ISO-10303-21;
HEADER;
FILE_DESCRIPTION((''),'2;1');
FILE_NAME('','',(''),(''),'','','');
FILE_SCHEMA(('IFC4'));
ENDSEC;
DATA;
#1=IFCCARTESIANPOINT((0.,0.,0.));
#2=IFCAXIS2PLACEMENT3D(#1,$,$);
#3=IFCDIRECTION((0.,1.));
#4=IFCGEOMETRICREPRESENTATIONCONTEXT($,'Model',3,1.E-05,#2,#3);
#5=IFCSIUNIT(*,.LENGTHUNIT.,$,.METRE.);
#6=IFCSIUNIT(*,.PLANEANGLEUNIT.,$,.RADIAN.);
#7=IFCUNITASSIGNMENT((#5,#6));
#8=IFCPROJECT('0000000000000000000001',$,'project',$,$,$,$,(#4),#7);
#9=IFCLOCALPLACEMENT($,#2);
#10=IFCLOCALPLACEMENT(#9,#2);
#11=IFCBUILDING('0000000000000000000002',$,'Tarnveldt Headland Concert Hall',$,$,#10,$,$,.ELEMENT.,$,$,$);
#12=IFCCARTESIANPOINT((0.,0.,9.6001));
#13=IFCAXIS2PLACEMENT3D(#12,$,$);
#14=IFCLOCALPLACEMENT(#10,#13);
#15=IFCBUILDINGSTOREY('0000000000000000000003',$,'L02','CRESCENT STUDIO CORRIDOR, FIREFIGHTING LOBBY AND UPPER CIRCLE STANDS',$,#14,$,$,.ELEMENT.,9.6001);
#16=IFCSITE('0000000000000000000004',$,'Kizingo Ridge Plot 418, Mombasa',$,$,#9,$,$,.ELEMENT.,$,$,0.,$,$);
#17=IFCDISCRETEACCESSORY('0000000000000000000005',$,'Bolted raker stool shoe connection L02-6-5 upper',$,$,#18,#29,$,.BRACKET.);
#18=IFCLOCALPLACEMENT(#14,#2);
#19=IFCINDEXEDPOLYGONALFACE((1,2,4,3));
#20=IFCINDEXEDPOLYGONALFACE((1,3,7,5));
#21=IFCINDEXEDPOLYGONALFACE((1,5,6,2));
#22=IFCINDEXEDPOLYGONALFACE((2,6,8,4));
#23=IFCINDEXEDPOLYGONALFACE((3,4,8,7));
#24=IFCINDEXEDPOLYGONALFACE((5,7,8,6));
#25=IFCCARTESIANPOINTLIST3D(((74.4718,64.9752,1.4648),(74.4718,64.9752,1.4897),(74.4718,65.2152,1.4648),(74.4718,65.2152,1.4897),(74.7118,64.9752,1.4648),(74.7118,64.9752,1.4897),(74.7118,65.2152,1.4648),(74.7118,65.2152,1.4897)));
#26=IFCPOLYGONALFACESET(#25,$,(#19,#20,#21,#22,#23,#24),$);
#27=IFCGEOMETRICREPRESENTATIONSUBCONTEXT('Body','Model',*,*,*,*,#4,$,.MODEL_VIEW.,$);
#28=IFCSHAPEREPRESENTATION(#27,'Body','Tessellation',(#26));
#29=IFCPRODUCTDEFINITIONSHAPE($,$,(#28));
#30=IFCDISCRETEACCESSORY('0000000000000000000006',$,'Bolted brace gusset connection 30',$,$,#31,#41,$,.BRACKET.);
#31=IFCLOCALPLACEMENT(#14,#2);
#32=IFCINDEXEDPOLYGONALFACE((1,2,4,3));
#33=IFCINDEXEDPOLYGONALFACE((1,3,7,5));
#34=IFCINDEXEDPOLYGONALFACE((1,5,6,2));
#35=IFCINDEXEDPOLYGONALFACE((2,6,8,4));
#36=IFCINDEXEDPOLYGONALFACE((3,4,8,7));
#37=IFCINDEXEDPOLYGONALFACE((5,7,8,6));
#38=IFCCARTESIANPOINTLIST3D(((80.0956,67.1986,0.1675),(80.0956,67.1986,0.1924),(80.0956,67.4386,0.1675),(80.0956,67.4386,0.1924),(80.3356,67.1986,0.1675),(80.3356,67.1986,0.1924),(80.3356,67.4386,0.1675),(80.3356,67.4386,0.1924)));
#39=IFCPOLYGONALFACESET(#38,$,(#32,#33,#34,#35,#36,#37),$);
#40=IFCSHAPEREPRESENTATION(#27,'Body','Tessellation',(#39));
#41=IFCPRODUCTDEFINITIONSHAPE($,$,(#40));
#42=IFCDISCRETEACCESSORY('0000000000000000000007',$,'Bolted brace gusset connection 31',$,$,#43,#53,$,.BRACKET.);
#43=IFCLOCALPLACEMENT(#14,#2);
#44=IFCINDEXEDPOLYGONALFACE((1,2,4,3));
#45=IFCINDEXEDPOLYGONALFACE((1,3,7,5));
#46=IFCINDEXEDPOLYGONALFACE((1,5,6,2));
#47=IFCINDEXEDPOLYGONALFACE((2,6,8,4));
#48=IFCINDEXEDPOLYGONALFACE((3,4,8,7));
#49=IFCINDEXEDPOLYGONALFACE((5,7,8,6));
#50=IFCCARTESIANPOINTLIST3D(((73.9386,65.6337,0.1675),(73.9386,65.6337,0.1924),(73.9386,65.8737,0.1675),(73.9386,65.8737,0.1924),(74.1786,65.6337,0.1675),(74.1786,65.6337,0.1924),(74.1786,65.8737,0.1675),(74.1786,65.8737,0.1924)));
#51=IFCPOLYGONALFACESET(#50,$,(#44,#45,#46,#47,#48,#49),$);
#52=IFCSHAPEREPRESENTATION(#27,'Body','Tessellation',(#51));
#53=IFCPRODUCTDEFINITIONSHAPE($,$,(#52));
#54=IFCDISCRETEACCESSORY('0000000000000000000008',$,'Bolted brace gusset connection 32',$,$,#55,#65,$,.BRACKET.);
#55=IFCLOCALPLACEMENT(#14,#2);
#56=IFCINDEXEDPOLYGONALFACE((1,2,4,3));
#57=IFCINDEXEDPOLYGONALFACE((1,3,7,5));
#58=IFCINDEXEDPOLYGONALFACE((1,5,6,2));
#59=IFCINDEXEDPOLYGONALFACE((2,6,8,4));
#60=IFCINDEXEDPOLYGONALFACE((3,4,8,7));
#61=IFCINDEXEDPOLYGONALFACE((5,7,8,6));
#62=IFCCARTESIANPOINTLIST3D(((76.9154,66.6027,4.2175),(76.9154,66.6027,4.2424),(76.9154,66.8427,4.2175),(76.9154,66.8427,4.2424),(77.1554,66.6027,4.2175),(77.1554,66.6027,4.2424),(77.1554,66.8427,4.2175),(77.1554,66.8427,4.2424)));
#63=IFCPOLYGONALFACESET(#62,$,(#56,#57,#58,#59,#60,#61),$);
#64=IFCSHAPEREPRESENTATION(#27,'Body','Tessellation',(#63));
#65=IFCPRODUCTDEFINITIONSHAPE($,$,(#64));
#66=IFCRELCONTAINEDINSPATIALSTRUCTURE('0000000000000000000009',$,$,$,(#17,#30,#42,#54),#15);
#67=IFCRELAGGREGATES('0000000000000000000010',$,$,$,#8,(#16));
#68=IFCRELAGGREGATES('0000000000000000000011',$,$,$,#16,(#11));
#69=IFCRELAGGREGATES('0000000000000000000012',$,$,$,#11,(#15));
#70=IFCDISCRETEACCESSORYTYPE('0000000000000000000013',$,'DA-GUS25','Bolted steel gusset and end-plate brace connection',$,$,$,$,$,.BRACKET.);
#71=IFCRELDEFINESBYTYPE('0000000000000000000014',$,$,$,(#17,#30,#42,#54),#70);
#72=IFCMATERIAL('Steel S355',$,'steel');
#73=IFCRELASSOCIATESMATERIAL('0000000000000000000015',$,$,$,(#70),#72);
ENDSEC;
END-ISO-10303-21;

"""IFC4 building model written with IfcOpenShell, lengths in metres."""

from ifc_helpers import new_model, si_unit, direction, frame, origin, origin_2d, place, context, subcontext, project, spatial, rectangle, extrude, material, type_object, element, save


model = new_model("IFC4")

# Units and contexts
model_context = context("Model", 3, precision=1e-05, world=origin(), true_north=direction((0.0, 1.0)))
body_context = subcontext(model_context, "Body", "Model", "MODEL_VIEW")
ifc_project = project(units=[si_unit("LENGTHUNIT", "METRE"), si_unit("PLANEANGLEUNIT", "RADIAN")], contexts=[model_context])

# Site, building, storey
site_placement = place(None, origin())
site = spatial("IfcSite", under=ifc_project, at=site_placement, Name="Kizingo Ridge Plot 418, Mombasa", CompositionType="ELEMENT", RefElevation=0.0)
building_placement = place(site_placement, origin())
building = spatial("IfcBuilding", under=site, at=building_placement, Name="Tarnveldt Headland Concert Hall", CompositionType="ELEMENT")
storey_placement = place(building_placement, frame((0.0, 0.0, 9.6001)))
storey = spatial("IfcBuildingStorey", under=building, at=storey_placement, Name="L02", Description="CRESCENT STUDIO CORRIDOR, FIREFIGHTING LOBBY AND UPPER CIRCLE STANDS", CompositionType="ELEMENT", Elevation=9.6001)

# Shared definitions
ifc_material_1 = material(Name="Steel S355", Category="steel")

# Discrete accessories
discrete_accessory_type = type_object("IfcDiscreteAccessoryType", Name="DA-GUS25", Description="Bolted steel gusset and end-plate brace connection", PredefinedType="BRACKET", material=ifc_material_1)
for number, where, z_axis, x_axis, name in (
    (1, (74.5918, 65.0952, 1.4648), (0.0, 0.0, 1.0), (1.0, 0.0, 0.0), "Bolted raker stool shoe connection L02-6-5 upper"),
    (2, (80.2156, 67.3186, 0.1675), (0.0, 0.0, 1.0), (1.0, 0.0, 0.0), "Bolted brace gusset connection 30"),
    (3, (74.0586, 65.7537, 0.1675), (0.0, 0.0, 1.0), (1.0, 0.0, 0.0), "Bolted brace gusset connection 31"),
    (4, (77.0354, 66.7227, 4.2175), (0.0, 0.0, 1.0), (1.0, 0.0, 0.0), "Bolted brace gusset connection 32"),
):
    element("IfcDiscreteAccessory", number, at=place(storey_placement, frame(where, z_axis=z_axis, x_axis=x_axis)), inside=storey, type_object=discrete_accessory_type, Name=name, PredefinedType="BRACKET", context=body_context, shape_type="SweptSolid", body=[
        extrude(rectangle(XDim=0.24, YDim=0.24, at=origin_2d()), origin(), (0.0, 0.0, 1.0), 0.0249),
    ])

save(model, "model.ifc")
